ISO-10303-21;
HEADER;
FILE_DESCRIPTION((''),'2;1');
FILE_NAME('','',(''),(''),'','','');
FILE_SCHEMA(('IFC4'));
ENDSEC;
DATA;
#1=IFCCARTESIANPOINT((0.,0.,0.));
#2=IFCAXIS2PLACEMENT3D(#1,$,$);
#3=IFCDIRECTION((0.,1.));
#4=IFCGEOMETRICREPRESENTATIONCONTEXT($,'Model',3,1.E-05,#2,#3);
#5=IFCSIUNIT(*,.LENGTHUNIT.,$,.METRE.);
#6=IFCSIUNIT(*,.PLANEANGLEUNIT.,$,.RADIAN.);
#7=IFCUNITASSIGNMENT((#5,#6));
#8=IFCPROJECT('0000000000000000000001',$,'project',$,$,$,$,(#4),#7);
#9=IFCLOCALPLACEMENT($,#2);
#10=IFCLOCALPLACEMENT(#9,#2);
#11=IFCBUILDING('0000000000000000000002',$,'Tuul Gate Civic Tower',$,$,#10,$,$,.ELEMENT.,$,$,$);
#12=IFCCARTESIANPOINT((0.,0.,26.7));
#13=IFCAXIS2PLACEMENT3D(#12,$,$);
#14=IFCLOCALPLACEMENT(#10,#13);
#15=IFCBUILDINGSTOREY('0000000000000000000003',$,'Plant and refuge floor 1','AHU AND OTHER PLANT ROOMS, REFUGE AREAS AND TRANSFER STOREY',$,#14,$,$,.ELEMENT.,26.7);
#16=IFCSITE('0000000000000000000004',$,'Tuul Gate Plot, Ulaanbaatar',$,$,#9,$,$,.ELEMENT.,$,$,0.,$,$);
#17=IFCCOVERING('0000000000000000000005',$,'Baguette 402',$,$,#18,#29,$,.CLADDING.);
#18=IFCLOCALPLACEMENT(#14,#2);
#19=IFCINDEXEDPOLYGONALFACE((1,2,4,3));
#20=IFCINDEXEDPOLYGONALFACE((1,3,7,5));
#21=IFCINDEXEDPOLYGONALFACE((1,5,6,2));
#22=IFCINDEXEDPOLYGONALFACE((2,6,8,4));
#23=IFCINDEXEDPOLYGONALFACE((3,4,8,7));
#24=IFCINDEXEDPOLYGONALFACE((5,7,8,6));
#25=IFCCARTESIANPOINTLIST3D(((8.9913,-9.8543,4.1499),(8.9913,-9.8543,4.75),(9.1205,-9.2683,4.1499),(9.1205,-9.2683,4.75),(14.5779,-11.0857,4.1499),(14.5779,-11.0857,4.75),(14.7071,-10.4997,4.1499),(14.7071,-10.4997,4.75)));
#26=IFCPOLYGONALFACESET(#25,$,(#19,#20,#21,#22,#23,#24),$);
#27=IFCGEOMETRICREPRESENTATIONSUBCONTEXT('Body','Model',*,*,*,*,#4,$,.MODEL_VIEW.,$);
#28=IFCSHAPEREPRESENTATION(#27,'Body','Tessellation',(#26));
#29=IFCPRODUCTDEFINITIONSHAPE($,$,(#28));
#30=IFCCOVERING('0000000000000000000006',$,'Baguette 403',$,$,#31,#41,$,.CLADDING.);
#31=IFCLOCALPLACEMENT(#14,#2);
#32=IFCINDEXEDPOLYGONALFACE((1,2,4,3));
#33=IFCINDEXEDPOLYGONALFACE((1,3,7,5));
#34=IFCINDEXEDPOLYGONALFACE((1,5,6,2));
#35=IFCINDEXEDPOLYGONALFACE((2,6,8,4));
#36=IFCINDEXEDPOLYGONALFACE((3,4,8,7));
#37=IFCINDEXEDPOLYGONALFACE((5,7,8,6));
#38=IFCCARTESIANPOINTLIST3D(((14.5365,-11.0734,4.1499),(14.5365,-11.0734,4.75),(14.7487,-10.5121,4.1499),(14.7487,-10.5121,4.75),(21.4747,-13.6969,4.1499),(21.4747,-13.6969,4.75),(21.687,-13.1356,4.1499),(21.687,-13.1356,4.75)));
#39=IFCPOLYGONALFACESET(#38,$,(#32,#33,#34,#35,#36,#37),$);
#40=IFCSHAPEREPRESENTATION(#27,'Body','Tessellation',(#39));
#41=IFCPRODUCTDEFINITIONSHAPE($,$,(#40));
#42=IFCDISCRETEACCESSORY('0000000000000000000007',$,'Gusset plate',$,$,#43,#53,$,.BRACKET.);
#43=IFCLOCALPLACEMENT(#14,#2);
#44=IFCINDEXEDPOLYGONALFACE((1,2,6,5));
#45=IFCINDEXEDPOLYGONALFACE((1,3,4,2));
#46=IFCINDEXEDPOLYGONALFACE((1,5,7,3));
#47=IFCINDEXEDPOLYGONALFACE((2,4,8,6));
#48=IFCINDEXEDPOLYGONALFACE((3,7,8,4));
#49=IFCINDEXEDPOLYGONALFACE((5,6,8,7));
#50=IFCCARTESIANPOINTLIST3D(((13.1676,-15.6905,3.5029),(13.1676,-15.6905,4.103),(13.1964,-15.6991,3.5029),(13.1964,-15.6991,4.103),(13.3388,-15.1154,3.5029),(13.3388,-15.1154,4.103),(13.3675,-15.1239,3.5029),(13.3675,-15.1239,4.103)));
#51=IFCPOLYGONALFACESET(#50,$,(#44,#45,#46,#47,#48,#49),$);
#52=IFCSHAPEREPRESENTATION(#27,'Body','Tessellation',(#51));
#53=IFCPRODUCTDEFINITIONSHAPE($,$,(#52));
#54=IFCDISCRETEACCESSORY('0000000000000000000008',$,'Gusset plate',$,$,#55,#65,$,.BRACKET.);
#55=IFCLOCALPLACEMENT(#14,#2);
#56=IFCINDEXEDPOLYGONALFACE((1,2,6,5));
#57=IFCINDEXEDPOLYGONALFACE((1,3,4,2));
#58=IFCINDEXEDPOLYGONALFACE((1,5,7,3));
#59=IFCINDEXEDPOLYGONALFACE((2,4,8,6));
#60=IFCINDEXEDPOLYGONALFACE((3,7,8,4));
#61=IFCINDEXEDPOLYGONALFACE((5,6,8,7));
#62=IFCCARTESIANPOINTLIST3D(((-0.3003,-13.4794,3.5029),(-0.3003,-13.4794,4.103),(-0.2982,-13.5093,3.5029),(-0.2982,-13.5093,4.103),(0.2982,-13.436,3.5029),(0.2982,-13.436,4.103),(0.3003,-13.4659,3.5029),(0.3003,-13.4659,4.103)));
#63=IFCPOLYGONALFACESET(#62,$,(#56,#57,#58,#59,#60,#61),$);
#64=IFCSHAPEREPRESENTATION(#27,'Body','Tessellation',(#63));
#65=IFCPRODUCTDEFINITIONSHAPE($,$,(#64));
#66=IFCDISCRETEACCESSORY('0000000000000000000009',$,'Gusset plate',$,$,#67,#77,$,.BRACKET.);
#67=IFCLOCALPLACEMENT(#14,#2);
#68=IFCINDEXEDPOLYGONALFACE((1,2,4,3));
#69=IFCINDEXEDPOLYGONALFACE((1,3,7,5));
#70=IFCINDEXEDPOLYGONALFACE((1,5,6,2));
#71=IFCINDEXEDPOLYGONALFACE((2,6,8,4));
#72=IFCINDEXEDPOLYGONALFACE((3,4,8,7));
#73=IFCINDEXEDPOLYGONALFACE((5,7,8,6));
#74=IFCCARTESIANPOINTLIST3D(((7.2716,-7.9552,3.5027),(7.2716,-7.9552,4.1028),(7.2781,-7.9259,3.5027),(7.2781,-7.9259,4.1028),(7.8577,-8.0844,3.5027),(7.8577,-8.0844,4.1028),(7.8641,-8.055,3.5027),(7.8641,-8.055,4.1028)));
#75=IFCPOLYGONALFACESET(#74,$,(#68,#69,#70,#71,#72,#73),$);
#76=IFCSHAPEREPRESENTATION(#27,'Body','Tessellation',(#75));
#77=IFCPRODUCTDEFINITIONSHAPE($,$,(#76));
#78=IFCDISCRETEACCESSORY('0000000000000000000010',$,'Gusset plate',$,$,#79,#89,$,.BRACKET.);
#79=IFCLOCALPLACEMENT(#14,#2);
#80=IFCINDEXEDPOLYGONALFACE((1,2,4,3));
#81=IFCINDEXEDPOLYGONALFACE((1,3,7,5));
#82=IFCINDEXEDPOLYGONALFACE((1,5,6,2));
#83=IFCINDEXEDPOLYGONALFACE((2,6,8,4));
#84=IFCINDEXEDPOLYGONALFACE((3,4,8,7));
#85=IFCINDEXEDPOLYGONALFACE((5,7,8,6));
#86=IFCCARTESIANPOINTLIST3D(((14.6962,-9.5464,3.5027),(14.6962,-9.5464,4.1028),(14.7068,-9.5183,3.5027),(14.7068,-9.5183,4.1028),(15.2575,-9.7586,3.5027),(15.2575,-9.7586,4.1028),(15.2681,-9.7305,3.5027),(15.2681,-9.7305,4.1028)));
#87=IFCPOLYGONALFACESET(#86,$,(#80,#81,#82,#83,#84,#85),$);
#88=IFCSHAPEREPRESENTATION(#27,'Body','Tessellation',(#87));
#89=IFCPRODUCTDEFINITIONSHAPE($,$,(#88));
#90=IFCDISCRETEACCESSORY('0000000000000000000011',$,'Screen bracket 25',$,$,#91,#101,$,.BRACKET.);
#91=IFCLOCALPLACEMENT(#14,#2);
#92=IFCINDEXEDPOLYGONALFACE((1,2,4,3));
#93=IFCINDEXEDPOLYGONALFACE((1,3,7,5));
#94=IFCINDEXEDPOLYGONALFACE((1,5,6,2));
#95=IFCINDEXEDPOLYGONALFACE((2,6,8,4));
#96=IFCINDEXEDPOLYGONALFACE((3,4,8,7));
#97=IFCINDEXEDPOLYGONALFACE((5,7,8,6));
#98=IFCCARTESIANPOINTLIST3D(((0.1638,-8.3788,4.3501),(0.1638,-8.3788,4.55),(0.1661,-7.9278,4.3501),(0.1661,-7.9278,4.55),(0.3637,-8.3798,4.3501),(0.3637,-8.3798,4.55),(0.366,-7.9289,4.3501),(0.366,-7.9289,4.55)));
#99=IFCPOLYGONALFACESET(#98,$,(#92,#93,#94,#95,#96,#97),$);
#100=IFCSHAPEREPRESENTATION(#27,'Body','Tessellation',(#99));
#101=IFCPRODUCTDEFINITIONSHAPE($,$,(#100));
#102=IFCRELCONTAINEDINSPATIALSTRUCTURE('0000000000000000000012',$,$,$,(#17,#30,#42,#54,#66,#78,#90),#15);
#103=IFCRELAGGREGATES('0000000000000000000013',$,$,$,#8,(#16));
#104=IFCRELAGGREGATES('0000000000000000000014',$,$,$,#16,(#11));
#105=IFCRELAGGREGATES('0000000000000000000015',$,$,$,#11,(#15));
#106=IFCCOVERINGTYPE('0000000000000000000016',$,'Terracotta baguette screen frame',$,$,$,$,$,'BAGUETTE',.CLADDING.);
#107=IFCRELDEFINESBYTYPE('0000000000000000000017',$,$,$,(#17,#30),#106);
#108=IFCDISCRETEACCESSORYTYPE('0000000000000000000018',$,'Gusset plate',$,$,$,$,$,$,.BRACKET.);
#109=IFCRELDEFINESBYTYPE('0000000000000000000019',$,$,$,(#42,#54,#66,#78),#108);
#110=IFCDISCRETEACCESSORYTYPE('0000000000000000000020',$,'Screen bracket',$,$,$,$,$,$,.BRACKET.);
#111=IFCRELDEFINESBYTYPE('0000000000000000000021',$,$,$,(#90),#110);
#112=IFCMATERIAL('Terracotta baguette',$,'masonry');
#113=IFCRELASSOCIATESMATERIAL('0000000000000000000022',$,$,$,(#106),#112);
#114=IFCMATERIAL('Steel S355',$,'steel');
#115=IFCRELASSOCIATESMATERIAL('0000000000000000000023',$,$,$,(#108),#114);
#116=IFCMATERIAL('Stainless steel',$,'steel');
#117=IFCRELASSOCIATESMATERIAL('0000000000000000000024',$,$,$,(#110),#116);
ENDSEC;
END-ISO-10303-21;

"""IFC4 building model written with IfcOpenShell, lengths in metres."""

from ifc_helpers import new_model, si_unit, direction, frame, origin, origin_2d, place, context, subcontext, project, spatial, rectangle, extrude, material, material_profile, profile_set, type_object, element, save


model = new_model("IFC4")

# Units and contexts
model_context = context("Model", 3, precision=1e-05, world=origin(), true_north=direction((0.0, 1.0)))
body_context = subcontext(model_context, "Body", "Model", "MODEL_VIEW")
ifc_project = project(units=[si_unit("LENGTHUNIT", "METRE"), si_unit("PLANEANGLEUNIT", "RADIAN")], contexts=[model_context])

# Site, building, storey
site_placement = place(None, origin())
site = spatial("IfcSite", under=ifc_project, at=site_placement, Name="Tuul Gate Plot, Ulaanbaatar", CompositionType="ELEMENT", RefElevation=0.0)
building_placement = place(site_placement, origin())
building = spatial("IfcBuilding", under=site, at=building_placement, Name="Tuul Gate Civic Tower", CompositionType="ELEMENT")
storey_placement = place(building_placement, frame((0.0, 0.0, 26.7)))
storey = spatial("IfcBuildingStorey", under=building, at=storey_placement, Name="Plant and refuge floor 1", Description="AHU AND OTHER PLANT ROOMS, REFUGE AREAS AND TRANSFER STOREY", CompositionType="ELEMENT", Elevation=26.7)

# Coverings
ifc_material_1 = material(Name="Terracotta baguette", Category="masonry")
ifc_material_profile_1 = material_profile(ifc_material_1, rectangle(XDim=0.6001, YDim=0.6001, at=origin_2d()), Name="Terracotta baguette screen frame")
ifc_profile_set_1 = profile_set([ifc_material_profile_1], Name="Terracotta baguette")
covering_type = type_object("IfcCoveringType", Name="Terracotta baguette screen frame", ElementType="BAGUETTE", PredefinedType="CLADDING", material=ifc_profile_set_1)
covering_1_placement = place(storey_placement, frame((9.0559, -9.5613, 4.45), z_axis=(0.976557, -0.215258, 0.0), x_axis=(0.215258, 0.976557, 0.0)))
element("IfcCovering", 1, at=covering_1_placement, inside=storey, type_object=covering_type, Name="Baguette 402", PredefinedType="CLADDING", context=body_context, shape_type="SweptSolid", body=[
    extrude(rectangle(XDim=0.6001, YDim=0.6001, at=origin_2d()), origin(), (0.0, 0.0, 1.0), 5.7207),
])
covering_2_placement = place(storey_placement, frame((14.6426, -10.7927, 4.45), z_axis=(0.935364, -0.353687, 0.0), x_axis=(0.353687, 0.935364, 0.0)))
element("IfcCovering", 2, at=covering_2_placement, inside=storey, type_object=covering_type, Name="Baguette 403", PredefinedType="CLADDING", context=body_context, shape_type="SweptSolid", body=[
    extrude(rectangle(XDim=0.6001, YDim=0.6001, at=origin_2d()), origin(), (0.0, 0.0, 1.0), 7.4177),
])

# Discrete accessories
ifc_material_2 = material(Name="Steel S355", Category="steel")
discrete_accessory_type_1 = type_object("IfcDiscreteAccessoryType", Name="Gusset plate", PredefinedType="BRACKET", material=ifc_material_2)
for number, where, z_axis, x_axis, name in (
    (3, (13.2676, -15.4072, 3.5029), (0.0, 0.0, 1.0), (0.285196, 0.958469, 0.0), "Gusset plate"),
    (4, (0.0, -13.4727, 3.5029), (0.0, 0.0, 1.0), (-0.997383, -0.072294, 0.0), "Gusset plate"),
    (5, (7.5679, -8.0051, 3.5027), (0.0, 0.0, 1.0), (0.976564, -0.215229, 0.0), "Gusset plate"),
    (6, (14.9822, -9.6384, 3.5027), (0.0, 0.0, 1.0), (0.935368, -0.353677, 0.0), "Gusset plate"),
):
    element("IfcDiscreteAccessory", number, at=place(storey_placement, frame(where, z_axis=z_axis, x_axis=x_axis)), inside=storey, type_object=discrete_accessory_type_1, Name=name, PredefinedType="BRACKET", context=body_context, shape_type="SweptSolid", body=[
        extrude(rectangle(XDim=0.6001, YDim=0.03, at=origin_2d()), origin(), (0.0, 0.0, 1.0), 0.6001),
    ])
ifc_material_3 = material(Name="Stainless steel", Category="steel")
discrete_accessory_type_2 = type_object("IfcDiscreteAccessoryType", Name="Screen bracket", PredefinedType="BRACKET", material=ifc_material_3)
discrete_accessory_placement = place(storey_placement, frame((0.2649, -8.1538, 4.3501), z_axis=(0.0, 0.0, 1.0), x_axis=(-0.005109, -0.999987, 0.0)))
element("IfcDiscreteAccessory", 7, at=discrete_accessory_placement, inside=storey, type_object=discrete_accessory_type_2, Name="Screen bracket 25", PredefinedType="BRACKET", context=body_context, shape_type="SweptSolid", body=[
    extrude(rectangle(XDim=0.4509, YDim=0.2, at=origin_2d()), origin(), (0.0, 0.0, 1.0), 0.2),
])

save(model, "model.ifc")
